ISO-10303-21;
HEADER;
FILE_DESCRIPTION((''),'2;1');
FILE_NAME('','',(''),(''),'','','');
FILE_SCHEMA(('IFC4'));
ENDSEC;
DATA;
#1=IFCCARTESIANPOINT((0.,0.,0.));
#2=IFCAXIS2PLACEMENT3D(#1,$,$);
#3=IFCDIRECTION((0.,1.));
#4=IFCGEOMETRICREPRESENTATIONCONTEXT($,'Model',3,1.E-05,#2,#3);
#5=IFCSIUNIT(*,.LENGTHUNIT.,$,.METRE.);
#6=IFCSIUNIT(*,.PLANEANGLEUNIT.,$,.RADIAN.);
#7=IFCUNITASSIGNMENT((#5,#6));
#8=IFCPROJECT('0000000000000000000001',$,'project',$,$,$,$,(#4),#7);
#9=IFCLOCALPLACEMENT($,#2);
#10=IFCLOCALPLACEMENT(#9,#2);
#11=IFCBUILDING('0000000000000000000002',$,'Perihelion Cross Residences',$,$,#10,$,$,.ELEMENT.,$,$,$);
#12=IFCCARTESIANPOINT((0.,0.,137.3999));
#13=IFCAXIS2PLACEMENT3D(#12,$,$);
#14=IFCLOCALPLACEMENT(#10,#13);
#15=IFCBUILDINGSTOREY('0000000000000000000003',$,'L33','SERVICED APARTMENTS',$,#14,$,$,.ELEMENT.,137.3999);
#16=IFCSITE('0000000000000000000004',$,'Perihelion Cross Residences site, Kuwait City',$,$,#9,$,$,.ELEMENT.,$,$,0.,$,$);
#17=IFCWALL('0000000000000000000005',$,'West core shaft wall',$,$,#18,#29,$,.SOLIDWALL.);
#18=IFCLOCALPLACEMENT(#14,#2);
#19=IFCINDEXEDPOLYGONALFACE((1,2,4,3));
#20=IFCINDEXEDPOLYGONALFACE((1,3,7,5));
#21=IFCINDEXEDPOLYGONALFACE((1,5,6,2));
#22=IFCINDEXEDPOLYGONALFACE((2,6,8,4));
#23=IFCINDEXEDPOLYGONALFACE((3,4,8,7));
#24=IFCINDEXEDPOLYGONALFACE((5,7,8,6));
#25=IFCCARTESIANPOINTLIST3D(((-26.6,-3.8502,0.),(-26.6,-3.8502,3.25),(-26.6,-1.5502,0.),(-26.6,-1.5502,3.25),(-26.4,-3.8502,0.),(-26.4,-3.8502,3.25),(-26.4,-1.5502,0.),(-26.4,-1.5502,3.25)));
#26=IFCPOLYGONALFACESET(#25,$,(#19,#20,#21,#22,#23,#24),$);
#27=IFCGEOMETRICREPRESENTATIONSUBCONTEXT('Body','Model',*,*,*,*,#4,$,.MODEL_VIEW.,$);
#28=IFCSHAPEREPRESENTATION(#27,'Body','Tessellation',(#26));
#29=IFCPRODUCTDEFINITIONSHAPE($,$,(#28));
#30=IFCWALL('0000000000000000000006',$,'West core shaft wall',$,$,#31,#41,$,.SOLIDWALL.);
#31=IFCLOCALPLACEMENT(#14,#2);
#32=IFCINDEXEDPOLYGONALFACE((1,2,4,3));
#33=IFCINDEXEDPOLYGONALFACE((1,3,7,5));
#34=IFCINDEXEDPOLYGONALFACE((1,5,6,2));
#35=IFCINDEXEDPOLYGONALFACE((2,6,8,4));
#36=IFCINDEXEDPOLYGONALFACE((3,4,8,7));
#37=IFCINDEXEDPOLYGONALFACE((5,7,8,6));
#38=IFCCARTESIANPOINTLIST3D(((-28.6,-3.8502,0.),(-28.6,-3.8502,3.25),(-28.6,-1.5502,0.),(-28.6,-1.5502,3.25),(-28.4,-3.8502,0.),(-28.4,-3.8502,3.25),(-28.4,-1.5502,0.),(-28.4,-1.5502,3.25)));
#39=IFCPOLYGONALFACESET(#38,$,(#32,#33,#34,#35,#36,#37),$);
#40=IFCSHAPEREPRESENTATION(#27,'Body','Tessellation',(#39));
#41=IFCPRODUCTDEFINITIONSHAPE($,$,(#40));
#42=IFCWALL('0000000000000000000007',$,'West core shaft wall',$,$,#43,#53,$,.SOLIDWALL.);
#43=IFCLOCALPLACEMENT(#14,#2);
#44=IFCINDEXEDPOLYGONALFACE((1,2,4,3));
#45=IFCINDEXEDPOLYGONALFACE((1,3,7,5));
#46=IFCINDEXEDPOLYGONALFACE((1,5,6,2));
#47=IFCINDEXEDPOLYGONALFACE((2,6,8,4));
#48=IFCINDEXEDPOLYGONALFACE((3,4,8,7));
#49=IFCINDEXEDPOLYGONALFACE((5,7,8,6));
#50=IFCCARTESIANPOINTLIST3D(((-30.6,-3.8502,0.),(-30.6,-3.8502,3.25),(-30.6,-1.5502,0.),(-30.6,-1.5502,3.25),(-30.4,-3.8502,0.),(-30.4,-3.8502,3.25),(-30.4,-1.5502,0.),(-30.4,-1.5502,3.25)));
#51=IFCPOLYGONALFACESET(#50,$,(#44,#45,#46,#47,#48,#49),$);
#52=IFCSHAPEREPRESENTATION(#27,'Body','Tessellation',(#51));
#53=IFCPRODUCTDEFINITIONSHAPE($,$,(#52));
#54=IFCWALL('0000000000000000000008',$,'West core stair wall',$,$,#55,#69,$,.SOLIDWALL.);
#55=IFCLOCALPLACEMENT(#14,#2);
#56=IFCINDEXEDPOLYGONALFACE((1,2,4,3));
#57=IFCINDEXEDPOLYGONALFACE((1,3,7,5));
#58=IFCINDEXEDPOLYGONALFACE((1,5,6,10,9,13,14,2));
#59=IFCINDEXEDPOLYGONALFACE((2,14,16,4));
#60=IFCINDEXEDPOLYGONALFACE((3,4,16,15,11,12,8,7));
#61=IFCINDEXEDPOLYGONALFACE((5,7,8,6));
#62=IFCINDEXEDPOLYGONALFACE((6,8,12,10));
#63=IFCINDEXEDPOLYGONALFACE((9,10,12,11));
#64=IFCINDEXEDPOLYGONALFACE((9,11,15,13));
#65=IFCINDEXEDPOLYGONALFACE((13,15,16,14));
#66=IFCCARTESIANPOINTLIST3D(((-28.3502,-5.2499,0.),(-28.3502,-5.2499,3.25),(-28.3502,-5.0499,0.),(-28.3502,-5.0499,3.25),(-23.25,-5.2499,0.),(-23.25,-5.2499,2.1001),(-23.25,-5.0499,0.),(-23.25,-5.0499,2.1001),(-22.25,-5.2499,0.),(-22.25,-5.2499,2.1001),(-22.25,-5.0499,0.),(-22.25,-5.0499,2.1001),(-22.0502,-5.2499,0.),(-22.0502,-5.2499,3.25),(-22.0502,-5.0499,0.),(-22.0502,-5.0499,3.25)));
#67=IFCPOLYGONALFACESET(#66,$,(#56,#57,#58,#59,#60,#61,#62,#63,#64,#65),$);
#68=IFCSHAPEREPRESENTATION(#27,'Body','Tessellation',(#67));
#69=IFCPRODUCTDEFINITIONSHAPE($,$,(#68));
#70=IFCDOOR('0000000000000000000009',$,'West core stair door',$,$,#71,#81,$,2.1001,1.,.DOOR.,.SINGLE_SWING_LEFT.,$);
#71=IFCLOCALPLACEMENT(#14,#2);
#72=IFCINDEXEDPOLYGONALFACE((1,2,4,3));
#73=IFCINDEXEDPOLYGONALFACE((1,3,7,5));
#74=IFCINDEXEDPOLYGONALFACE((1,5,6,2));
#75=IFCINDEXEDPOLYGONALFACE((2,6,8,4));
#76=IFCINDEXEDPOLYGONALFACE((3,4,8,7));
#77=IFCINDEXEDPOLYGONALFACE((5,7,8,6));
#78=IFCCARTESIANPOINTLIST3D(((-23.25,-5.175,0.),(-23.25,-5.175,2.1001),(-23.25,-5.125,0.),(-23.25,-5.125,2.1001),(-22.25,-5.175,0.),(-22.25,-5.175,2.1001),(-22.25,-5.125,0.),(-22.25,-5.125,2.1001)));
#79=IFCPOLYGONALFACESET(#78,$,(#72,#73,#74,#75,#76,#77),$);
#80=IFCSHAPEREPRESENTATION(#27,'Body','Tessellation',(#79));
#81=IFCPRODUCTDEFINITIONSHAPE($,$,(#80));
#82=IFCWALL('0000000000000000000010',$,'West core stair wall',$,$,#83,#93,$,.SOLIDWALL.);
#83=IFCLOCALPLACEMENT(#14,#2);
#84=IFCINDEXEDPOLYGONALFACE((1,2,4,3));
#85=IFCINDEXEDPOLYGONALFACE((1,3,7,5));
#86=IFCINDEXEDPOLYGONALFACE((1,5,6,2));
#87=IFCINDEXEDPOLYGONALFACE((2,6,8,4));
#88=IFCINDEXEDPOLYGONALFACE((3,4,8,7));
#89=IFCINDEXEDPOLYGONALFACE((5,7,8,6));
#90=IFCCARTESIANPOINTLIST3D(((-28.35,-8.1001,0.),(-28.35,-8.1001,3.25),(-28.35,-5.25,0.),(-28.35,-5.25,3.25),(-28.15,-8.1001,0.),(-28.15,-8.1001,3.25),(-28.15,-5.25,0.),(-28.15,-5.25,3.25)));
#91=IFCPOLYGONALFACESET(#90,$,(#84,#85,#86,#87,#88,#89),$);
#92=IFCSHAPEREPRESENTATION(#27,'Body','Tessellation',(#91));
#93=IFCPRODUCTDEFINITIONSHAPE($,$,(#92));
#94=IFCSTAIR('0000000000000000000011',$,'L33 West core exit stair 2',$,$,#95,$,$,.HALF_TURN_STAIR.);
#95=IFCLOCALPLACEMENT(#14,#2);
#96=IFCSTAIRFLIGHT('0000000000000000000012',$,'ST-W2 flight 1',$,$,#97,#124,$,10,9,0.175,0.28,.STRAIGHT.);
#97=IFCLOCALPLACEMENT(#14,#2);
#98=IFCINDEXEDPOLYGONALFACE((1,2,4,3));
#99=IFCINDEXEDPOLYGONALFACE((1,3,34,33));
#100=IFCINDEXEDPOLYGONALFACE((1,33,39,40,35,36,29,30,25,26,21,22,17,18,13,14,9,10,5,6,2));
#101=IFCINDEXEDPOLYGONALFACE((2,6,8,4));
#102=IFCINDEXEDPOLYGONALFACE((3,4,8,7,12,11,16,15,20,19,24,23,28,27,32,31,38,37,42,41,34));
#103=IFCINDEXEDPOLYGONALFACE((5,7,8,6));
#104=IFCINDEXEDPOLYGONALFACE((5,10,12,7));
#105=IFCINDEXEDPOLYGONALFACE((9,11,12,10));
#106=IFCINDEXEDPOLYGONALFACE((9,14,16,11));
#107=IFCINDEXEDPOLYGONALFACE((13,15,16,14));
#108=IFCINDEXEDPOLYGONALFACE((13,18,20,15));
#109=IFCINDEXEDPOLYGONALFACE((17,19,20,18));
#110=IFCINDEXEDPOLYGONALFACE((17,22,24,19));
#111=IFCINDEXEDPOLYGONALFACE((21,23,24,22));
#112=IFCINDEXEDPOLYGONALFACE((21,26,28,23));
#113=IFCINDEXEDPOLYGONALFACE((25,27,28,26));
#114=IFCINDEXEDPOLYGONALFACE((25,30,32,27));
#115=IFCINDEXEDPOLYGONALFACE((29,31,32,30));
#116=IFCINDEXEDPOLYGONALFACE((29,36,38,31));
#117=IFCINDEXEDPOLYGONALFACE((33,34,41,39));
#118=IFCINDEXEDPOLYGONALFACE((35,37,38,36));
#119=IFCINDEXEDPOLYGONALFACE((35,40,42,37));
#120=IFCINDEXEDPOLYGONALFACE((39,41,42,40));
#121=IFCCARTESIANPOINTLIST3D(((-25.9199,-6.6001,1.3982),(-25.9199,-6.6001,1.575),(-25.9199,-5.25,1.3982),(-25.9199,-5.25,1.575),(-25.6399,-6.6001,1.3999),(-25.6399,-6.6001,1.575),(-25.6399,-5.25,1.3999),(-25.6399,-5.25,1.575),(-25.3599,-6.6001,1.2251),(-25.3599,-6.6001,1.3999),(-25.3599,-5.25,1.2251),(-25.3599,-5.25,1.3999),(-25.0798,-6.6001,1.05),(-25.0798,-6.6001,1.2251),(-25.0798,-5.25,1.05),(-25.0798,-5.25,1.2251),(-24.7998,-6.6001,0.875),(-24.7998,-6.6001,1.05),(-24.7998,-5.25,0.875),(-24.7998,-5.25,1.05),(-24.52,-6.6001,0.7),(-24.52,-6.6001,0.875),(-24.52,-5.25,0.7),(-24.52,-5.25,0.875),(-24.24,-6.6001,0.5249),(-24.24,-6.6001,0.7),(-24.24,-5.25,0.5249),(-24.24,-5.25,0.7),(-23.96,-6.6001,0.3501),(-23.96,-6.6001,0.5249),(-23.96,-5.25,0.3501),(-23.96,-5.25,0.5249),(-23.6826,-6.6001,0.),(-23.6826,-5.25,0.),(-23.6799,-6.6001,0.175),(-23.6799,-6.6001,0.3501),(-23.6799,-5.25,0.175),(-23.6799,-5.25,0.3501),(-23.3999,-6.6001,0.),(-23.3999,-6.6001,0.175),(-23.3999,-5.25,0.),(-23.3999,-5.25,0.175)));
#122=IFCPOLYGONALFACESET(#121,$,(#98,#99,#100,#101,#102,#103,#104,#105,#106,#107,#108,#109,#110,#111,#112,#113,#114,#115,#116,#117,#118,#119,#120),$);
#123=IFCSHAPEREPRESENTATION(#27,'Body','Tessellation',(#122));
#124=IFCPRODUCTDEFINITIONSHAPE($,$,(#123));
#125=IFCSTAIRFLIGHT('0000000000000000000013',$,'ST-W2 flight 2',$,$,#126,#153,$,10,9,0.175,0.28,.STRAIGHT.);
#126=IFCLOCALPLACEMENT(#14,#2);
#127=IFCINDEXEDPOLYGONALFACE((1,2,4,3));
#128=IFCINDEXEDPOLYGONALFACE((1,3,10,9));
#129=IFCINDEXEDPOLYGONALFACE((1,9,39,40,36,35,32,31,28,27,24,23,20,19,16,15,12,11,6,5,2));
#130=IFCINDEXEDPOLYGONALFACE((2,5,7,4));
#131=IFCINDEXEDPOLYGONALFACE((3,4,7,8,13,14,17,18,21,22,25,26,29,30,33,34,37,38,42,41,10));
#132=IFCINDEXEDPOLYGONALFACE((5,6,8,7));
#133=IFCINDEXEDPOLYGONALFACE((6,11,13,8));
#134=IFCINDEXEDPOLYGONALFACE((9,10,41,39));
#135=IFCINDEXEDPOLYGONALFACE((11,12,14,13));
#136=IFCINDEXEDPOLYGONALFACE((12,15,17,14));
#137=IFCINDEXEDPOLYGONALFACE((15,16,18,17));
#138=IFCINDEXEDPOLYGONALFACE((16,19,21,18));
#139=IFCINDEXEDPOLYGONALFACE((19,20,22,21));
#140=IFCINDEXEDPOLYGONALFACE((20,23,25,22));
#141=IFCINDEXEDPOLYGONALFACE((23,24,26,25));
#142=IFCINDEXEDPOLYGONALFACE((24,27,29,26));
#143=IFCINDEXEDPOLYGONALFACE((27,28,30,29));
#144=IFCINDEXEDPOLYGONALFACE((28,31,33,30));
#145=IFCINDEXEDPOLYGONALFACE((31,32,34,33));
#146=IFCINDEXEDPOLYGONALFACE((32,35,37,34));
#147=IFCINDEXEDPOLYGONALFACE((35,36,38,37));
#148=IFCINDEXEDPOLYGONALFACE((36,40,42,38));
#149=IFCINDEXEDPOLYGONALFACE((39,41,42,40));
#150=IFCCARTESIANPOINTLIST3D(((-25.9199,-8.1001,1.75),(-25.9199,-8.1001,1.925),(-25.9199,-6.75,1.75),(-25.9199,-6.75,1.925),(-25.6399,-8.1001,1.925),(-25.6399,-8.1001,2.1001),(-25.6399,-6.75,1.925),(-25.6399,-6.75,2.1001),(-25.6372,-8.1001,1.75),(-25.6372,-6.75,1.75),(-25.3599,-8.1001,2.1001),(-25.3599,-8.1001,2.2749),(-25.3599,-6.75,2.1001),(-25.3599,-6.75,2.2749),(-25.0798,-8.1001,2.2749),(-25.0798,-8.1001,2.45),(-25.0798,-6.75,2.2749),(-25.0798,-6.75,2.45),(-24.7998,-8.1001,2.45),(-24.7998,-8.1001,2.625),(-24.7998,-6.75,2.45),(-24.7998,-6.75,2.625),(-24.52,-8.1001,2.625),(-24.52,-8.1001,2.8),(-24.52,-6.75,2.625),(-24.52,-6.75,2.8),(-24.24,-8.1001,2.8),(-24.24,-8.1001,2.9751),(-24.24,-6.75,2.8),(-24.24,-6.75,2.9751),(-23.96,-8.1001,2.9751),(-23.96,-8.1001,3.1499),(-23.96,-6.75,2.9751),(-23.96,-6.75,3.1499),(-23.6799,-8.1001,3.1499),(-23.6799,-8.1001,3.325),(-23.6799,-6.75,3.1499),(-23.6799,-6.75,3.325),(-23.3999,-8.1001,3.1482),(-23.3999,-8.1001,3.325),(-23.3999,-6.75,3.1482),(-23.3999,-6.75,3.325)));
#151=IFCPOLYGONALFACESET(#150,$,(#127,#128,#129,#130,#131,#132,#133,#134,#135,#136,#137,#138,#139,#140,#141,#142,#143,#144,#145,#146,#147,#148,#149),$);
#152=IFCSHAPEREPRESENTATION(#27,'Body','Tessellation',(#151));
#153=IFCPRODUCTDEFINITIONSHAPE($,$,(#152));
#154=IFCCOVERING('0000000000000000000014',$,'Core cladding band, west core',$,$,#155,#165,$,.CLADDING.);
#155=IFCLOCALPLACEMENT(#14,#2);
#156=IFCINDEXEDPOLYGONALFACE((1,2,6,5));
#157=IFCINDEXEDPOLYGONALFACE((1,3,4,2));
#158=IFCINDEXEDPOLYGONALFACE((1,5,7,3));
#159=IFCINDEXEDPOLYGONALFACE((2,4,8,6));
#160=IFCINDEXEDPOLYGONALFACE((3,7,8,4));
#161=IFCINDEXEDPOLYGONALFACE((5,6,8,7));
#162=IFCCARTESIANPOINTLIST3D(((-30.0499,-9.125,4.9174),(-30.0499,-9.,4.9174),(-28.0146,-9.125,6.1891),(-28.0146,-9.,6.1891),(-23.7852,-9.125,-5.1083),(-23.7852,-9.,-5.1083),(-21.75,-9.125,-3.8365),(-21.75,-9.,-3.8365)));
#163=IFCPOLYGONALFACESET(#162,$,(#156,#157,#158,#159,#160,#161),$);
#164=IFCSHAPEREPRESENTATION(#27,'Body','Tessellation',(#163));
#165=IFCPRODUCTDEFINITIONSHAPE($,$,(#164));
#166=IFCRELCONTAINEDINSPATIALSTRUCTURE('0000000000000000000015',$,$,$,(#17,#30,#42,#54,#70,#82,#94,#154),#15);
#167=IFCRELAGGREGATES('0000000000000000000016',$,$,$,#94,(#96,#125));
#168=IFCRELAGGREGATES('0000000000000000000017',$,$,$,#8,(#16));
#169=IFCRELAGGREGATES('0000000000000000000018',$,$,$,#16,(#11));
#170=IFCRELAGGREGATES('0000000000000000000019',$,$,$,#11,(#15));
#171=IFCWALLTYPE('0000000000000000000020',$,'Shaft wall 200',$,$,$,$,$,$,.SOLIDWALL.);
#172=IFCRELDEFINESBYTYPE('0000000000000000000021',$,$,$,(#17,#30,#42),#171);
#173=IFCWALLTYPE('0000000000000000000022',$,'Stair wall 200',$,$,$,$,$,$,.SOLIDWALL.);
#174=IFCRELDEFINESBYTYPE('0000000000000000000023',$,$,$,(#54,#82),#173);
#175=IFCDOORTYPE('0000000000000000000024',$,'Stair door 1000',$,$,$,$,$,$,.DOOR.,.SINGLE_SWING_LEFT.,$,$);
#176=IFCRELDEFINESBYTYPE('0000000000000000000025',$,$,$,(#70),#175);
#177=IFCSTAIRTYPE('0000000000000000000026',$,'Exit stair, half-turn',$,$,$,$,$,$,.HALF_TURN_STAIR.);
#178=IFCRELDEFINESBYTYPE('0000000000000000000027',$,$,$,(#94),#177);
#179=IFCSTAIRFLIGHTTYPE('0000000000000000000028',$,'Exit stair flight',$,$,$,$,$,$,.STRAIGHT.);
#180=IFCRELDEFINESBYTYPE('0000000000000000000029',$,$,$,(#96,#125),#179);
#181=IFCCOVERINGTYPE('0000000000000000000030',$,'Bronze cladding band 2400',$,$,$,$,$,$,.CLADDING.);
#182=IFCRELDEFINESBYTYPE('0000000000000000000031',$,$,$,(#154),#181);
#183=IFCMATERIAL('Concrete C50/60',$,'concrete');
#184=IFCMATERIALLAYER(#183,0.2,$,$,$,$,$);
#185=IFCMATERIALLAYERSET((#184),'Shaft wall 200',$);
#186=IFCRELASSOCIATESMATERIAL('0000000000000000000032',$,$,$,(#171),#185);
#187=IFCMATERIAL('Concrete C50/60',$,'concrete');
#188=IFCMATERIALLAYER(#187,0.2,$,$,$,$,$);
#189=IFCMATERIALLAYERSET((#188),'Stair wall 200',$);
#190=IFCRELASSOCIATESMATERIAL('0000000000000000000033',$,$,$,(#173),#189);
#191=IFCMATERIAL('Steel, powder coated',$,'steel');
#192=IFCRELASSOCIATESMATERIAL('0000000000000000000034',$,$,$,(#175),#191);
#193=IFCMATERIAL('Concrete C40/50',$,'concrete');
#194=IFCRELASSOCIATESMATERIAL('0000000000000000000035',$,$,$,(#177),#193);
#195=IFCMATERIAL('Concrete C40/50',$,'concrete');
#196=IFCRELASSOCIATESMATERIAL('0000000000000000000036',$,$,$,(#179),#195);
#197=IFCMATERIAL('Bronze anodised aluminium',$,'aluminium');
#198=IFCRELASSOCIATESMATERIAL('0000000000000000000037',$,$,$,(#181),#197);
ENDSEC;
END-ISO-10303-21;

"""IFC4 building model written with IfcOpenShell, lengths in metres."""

from ifc_helpers import new_model, si_unit, direction, frame, frame_2d, origin, origin_2d, place, context, subcontext, project, spatial, polyline, rectangle, outline, extrude, material, layer, layer_set, material_profile, profile_set, type_object, element, fill, aggregate, save


model = new_model("IFC4")

# Units and contexts
model_context = context("Model", 3, precision=1e-05, world=origin(), true_north=direction((0.0, 1.0)))
body_context = subcontext(model_context, "Body", "Model", "MODEL_VIEW")
ifc_project = project(units=[si_unit("LENGTHUNIT", "METRE"), si_unit("PLANEANGLEUNIT", "RADIAN")], contexts=[model_context])

# Site, building, storey
site_placement = place(None, origin())
site = spatial("IfcSite", under=ifc_project, at=site_placement, Name="Perihelion Cross Residences site, Kuwait City", CompositionType="ELEMENT", RefElevation=0.0)
building_placement = place(site_placement, origin())
building = spatial("IfcBuilding", under=site, at=building_placement, Name="Perihelion Cross Residences", CompositionType="ELEMENT")
storey_placement = place(building_placement, frame((0.0, 0.0, 137.3999)))
storey = spatial("IfcBuildingStorey", under=building, at=storey_placement, Name="L33", Description="SERVICED APARTMENTS", CompositionType="ELEMENT", Elevation=137.3999)

# Shared definitions
ifc_material_1 = material(Name="Concrete C50/60", Category="concrete")
ifc_layer_1 = layer(ifc_material_1, 0.2)
ifc_layer_set_1 = layer_set([ifc_layer_1], Name="Shaft wall 200")
wall_type_1 = type_object("IfcWallType", Name="Shaft wall 200", PredefinedType="SOLIDWALL", material=ifc_layer_set_1)

# Walls
for number, where, z_axis, x_axis, name in (
    (1, (-26.5, -3.8501, 0.0), (0.0, 0.0, 1.0), (0.0, 1.0, 0.0), "West core shaft wall"),
    (2, (-28.5, -3.8501, 0.0), (0.0, 0.0, 1.0), (0.0, 1.0, 0.0), "West core shaft wall"),
    (3, (-30.5, -3.8501, 0.0), (0.0, 0.0, 1.0), (0.0, 1.0, 0.0), "West core shaft wall"),
):
    element("IfcWall", number, at=place(storey_placement, frame(where, z_axis=z_axis, x_axis=x_axis)), inside=storey, type_object=wall_type_1, Name=name, PredefinedType="SOLIDWALL", context=body_context, shape_type="SweptSolid", body=[
        extrude(rectangle(XDim=2.3, YDim=0.2, at=frame_2d((1.1499, 0.0))), origin(), (0.0, 0.0, 1.0), 3.25),
    ])

# Wall, opening, door
ifc_material_2 = material(Name="Concrete C50/60", Category="concrete")
ifc_layer_2 = layer(ifc_material_2, 0.2)
ifc_layer_set_2 = layer_set([ifc_layer_2], Name="Stair wall 200")
wall_type_2 = type_object("IfcWallType", Name="Stair wall 200", PredefinedType="SOLIDWALL", material=ifc_layer_set_2)
wall_1_placement = place(storey_placement, frame((-28.3501, -5.1499, 0.0), z_axis=(0.0, 0.0, 1.0), x_axis=(1.0, 0.0, 0.0)))
wall_1 = element("IfcWall", 4, at=wall_1_placement, inside=storey, type_object=wall_type_2, Name="West core stair wall", PredefinedType="SOLIDWALL", context=body_context, shape_type="SweptSolid", body=[
    extrude(rectangle(XDim=6.3, YDim=0.2, at=frame_2d((3.1499, 0.0))), origin(), (0.0, 0.0, 1.0), 3.25),
])
opening_1_placement = place(wall_1_placement, frame((5.1001, 0.0, 0.0)))
opening_1 = element("IfcOpeningElement", 5, at=opening_1_placement, cuts=wall_1, PredefinedType="OPENING", context=body_context, shape_type="SweptSolid", body=[
    extrude(rectangle(XDim=1.0, YDim=2.1001, at=frame_2d((0.5, 1.05))), frame((0.0, 0.1099, 0.0), z_axis=(0.0, -1.0, 0.0), x_axis=(1.0, 0.0, 0.0)), (0.0, 0.0, 1.0), 0.22),
])
ifc_material_3 = material(Name="Steel, powder coated", Category="steel")
door_type_1 = type_object("IfcDoorType", Name="Stair door 1000", OperationType="SINGLE_SWING_LEFT", PredefinedType="DOOR", material=ifc_material_3)
door_1_placement = place(opening_1_placement, origin())
door_1 = element("IfcDoor", 6, at=door_1_placement, inside=storey, type_object=door_type_1, Name="West core stair door", OperationType="SINGLE_SWING_LEFT", OverallHeight=2.1001, OverallWidth=1.0, PredefinedType="DOOR", context=body_context, shape_type="SweptSolid", body=[
    extrude(rectangle(XDim=1.0, YDim=2.1001, at=frame_2d((0.5, 1.05))), frame((0.0, 0.0249, 0.0), z_axis=(0.0, -1.0, 0.0), x_axis=(1.0, 0.0, 0.0)), (0.0, 0.0, 1.0), 0.05),
])
fill(opening_1, door_1)

# Wall
wall_2_placement = place(storey_placement, frame((-28.25, -8.1001, 0.0), z_axis=(0.0, 0.0, 1.0), x_axis=(0.0, 1.0, 0.0)))
element("IfcWall", 7, at=wall_2_placement, inside=storey, type_object=wall_type_2, Name="West core stair wall", PredefinedType="SOLIDWALL", context=body_context, shape_type="SweptSolid", body=[
    extrude(rectangle(XDim=2.8501, YDim=0.2, at=frame_2d((1.425, 0.0))), origin(), (0.0, 0.0, 1.0), 3.25),
])

# Stair, stair flights
ifc_material_4 = material(Name="Concrete C40/50", Category="concrete")
stair_type = type_object("IfcStairType", Name="Exit stair, half-turn", PredefinedType="HALF_TURN_STAIR", material=ifc_material_4)
stair_placement = place(storey_placement, origin())
stair = element("IfcStair", 8, at=stair_placement, inside=storey, type_object=stair_type, Name="L33 West core exit stair 2", PredefinedType="HALF_TURN_STAIR")
ifc_material_5 = material(Name="Concrete C40/50", Category="concrete")
stair_flight_type = type_object("IfcStairFlightType", Name="Exit stair flight", PredefinedType="STRAIGHT", material=ifc_material_5)
stair_flight_1_placement = place(storey_placement, frame((-23.3999, -5.925, 0.0), z_axis=(0.0, 0.0, 1.0), x_axis=(-1.0, 0.0, 0.0)))
stair_flight_1 = element("IfcStairFlight", 9, at=stair_flight_1_placement, type_object=stair_flight_type, Name="ST-W2 flight 1", NumberOfRisers=10, NumberOfTreads=9, PredefinedType="STRAIGHT", RiserHeight=0.175, TreadLength=0.28, context=body_context, shape_type="SweptSolid", body=[
    extrude(outline(polyline([(0.0, 0.0), (0.0, 0.175), (0.28, 0.175), (0.28, 0.3501), (0.5601, 0.3501), (0.5601, 0.5249), (0.8401, 0.5249), (0.8401, 0.7), (1.1201, 0.7), (1.1201, 0.875), (1.3999, 0.875), (1.3999, 1.05), (1.6799, 1.05), (1.6799, 1.2251), (1.96, 1.2251), (1.96, 1.3999), (2.24, 1.3999), (2.24, 1.575), (2.52, 1.575), (2.52, 1.75), (2.52, 1.3982), (0.2827, 0.0), (0.0, 0.0)])), frame((0.0, 0.675, 0.0), z_axis=(0.0, -1.0, 0.0), x_axis=(1.0, 0.0, 0.0)), (0.0, 0.0, 1.0), 1.3501),
])
stair_flight_2_placement = place(storey_placement, frame((-25.9199, -7.425, 1.75), z_axis=(0.0, 0.0, 1.0), x_axis=(1.0, 0.0, 0.0)))
stair_flight_2 = element("IfcStairFlight", 10, at=stair_flight_2_placement, type_object=stair_flight_type, Name="ST-W2 flight 2", NumberOfRisers=10, NumberOfTreads=9, PredefinedType="STRAIGHT", RiserHeight=0.175, TreadLength=0.28, context=body_context, shape_type="SweptSolid", body=[
    extrude(outline(polyline([(0.0, 0.0), (0.0, 0.175), (0.28, 0.175), (0.28, 0.3501), (0.5601, 0.3501), (0.5601, 0.5249), (0.8401, 0.5249), (0.8401, 0.7), (1.1201, 0.7), (1.1201, 0.875), (1.3999, 0.875), (1.3999, 1.05), (1.6799, 1.05), (1.6799, 1.2251), (1.96, 1.2251), (1.96, 1.3999), (2.24, 1.3999), (2.24, 1.575), (2.52, 1.575), (2.52, 1.75), (2.52, 1.3982), (0.2827, 0.0), (0.0, 0.0)])), frame((0.0, 0.675, 0.0), z_axis=(0.0, -1.0, 0.0), x_axis=(1.0, 0.0, 0.0)), (0.0, 0.0, 1.0), 1.3501),
])
aggregate(stair, [stair_flight_1, stair_flight_2])

# Covering
ifc_material_6 = material(Name="Bronze anodised aluminium", Category="aluminium")
ifc_material_profile_1 = material_profile(ifc_material_6, rectangle(XDim=0.125, YDim=2.3999, at=origin_2d()), Name="Bronze cladding band 2400")
ifc_profile_set_1 = profile_set([ifc_material_profile_1], Name="Bronze anodised aluminium")
covering_type = type_object("IfcCoveringType", Name="Bronze cladding band 2400", PredefinedType="CLADDING", material=ifc_profile_set_1)
covering_placement = place(storey_placement, frame((-22.7676, -9.0625, -4.4724), z_axis=(-0.529915, 0.0, 0.848051), x_axis=(0.0, -1.0, 0.0)))
element("IfcCovering", 11, at=covering_placement, inside=storey, type_object=covering_type, Name="Core cladding band, west core", PredefinedType="CLADDING", context=body_context, shape_type="SweptSolid", body=[
    extrude(rectangle(XDim=0.125, YDim=2.3999, at=origin_2d()), origin(), (0.0, 0.0, 1.0), 11.822),
])

save(model, "model.ifc")
